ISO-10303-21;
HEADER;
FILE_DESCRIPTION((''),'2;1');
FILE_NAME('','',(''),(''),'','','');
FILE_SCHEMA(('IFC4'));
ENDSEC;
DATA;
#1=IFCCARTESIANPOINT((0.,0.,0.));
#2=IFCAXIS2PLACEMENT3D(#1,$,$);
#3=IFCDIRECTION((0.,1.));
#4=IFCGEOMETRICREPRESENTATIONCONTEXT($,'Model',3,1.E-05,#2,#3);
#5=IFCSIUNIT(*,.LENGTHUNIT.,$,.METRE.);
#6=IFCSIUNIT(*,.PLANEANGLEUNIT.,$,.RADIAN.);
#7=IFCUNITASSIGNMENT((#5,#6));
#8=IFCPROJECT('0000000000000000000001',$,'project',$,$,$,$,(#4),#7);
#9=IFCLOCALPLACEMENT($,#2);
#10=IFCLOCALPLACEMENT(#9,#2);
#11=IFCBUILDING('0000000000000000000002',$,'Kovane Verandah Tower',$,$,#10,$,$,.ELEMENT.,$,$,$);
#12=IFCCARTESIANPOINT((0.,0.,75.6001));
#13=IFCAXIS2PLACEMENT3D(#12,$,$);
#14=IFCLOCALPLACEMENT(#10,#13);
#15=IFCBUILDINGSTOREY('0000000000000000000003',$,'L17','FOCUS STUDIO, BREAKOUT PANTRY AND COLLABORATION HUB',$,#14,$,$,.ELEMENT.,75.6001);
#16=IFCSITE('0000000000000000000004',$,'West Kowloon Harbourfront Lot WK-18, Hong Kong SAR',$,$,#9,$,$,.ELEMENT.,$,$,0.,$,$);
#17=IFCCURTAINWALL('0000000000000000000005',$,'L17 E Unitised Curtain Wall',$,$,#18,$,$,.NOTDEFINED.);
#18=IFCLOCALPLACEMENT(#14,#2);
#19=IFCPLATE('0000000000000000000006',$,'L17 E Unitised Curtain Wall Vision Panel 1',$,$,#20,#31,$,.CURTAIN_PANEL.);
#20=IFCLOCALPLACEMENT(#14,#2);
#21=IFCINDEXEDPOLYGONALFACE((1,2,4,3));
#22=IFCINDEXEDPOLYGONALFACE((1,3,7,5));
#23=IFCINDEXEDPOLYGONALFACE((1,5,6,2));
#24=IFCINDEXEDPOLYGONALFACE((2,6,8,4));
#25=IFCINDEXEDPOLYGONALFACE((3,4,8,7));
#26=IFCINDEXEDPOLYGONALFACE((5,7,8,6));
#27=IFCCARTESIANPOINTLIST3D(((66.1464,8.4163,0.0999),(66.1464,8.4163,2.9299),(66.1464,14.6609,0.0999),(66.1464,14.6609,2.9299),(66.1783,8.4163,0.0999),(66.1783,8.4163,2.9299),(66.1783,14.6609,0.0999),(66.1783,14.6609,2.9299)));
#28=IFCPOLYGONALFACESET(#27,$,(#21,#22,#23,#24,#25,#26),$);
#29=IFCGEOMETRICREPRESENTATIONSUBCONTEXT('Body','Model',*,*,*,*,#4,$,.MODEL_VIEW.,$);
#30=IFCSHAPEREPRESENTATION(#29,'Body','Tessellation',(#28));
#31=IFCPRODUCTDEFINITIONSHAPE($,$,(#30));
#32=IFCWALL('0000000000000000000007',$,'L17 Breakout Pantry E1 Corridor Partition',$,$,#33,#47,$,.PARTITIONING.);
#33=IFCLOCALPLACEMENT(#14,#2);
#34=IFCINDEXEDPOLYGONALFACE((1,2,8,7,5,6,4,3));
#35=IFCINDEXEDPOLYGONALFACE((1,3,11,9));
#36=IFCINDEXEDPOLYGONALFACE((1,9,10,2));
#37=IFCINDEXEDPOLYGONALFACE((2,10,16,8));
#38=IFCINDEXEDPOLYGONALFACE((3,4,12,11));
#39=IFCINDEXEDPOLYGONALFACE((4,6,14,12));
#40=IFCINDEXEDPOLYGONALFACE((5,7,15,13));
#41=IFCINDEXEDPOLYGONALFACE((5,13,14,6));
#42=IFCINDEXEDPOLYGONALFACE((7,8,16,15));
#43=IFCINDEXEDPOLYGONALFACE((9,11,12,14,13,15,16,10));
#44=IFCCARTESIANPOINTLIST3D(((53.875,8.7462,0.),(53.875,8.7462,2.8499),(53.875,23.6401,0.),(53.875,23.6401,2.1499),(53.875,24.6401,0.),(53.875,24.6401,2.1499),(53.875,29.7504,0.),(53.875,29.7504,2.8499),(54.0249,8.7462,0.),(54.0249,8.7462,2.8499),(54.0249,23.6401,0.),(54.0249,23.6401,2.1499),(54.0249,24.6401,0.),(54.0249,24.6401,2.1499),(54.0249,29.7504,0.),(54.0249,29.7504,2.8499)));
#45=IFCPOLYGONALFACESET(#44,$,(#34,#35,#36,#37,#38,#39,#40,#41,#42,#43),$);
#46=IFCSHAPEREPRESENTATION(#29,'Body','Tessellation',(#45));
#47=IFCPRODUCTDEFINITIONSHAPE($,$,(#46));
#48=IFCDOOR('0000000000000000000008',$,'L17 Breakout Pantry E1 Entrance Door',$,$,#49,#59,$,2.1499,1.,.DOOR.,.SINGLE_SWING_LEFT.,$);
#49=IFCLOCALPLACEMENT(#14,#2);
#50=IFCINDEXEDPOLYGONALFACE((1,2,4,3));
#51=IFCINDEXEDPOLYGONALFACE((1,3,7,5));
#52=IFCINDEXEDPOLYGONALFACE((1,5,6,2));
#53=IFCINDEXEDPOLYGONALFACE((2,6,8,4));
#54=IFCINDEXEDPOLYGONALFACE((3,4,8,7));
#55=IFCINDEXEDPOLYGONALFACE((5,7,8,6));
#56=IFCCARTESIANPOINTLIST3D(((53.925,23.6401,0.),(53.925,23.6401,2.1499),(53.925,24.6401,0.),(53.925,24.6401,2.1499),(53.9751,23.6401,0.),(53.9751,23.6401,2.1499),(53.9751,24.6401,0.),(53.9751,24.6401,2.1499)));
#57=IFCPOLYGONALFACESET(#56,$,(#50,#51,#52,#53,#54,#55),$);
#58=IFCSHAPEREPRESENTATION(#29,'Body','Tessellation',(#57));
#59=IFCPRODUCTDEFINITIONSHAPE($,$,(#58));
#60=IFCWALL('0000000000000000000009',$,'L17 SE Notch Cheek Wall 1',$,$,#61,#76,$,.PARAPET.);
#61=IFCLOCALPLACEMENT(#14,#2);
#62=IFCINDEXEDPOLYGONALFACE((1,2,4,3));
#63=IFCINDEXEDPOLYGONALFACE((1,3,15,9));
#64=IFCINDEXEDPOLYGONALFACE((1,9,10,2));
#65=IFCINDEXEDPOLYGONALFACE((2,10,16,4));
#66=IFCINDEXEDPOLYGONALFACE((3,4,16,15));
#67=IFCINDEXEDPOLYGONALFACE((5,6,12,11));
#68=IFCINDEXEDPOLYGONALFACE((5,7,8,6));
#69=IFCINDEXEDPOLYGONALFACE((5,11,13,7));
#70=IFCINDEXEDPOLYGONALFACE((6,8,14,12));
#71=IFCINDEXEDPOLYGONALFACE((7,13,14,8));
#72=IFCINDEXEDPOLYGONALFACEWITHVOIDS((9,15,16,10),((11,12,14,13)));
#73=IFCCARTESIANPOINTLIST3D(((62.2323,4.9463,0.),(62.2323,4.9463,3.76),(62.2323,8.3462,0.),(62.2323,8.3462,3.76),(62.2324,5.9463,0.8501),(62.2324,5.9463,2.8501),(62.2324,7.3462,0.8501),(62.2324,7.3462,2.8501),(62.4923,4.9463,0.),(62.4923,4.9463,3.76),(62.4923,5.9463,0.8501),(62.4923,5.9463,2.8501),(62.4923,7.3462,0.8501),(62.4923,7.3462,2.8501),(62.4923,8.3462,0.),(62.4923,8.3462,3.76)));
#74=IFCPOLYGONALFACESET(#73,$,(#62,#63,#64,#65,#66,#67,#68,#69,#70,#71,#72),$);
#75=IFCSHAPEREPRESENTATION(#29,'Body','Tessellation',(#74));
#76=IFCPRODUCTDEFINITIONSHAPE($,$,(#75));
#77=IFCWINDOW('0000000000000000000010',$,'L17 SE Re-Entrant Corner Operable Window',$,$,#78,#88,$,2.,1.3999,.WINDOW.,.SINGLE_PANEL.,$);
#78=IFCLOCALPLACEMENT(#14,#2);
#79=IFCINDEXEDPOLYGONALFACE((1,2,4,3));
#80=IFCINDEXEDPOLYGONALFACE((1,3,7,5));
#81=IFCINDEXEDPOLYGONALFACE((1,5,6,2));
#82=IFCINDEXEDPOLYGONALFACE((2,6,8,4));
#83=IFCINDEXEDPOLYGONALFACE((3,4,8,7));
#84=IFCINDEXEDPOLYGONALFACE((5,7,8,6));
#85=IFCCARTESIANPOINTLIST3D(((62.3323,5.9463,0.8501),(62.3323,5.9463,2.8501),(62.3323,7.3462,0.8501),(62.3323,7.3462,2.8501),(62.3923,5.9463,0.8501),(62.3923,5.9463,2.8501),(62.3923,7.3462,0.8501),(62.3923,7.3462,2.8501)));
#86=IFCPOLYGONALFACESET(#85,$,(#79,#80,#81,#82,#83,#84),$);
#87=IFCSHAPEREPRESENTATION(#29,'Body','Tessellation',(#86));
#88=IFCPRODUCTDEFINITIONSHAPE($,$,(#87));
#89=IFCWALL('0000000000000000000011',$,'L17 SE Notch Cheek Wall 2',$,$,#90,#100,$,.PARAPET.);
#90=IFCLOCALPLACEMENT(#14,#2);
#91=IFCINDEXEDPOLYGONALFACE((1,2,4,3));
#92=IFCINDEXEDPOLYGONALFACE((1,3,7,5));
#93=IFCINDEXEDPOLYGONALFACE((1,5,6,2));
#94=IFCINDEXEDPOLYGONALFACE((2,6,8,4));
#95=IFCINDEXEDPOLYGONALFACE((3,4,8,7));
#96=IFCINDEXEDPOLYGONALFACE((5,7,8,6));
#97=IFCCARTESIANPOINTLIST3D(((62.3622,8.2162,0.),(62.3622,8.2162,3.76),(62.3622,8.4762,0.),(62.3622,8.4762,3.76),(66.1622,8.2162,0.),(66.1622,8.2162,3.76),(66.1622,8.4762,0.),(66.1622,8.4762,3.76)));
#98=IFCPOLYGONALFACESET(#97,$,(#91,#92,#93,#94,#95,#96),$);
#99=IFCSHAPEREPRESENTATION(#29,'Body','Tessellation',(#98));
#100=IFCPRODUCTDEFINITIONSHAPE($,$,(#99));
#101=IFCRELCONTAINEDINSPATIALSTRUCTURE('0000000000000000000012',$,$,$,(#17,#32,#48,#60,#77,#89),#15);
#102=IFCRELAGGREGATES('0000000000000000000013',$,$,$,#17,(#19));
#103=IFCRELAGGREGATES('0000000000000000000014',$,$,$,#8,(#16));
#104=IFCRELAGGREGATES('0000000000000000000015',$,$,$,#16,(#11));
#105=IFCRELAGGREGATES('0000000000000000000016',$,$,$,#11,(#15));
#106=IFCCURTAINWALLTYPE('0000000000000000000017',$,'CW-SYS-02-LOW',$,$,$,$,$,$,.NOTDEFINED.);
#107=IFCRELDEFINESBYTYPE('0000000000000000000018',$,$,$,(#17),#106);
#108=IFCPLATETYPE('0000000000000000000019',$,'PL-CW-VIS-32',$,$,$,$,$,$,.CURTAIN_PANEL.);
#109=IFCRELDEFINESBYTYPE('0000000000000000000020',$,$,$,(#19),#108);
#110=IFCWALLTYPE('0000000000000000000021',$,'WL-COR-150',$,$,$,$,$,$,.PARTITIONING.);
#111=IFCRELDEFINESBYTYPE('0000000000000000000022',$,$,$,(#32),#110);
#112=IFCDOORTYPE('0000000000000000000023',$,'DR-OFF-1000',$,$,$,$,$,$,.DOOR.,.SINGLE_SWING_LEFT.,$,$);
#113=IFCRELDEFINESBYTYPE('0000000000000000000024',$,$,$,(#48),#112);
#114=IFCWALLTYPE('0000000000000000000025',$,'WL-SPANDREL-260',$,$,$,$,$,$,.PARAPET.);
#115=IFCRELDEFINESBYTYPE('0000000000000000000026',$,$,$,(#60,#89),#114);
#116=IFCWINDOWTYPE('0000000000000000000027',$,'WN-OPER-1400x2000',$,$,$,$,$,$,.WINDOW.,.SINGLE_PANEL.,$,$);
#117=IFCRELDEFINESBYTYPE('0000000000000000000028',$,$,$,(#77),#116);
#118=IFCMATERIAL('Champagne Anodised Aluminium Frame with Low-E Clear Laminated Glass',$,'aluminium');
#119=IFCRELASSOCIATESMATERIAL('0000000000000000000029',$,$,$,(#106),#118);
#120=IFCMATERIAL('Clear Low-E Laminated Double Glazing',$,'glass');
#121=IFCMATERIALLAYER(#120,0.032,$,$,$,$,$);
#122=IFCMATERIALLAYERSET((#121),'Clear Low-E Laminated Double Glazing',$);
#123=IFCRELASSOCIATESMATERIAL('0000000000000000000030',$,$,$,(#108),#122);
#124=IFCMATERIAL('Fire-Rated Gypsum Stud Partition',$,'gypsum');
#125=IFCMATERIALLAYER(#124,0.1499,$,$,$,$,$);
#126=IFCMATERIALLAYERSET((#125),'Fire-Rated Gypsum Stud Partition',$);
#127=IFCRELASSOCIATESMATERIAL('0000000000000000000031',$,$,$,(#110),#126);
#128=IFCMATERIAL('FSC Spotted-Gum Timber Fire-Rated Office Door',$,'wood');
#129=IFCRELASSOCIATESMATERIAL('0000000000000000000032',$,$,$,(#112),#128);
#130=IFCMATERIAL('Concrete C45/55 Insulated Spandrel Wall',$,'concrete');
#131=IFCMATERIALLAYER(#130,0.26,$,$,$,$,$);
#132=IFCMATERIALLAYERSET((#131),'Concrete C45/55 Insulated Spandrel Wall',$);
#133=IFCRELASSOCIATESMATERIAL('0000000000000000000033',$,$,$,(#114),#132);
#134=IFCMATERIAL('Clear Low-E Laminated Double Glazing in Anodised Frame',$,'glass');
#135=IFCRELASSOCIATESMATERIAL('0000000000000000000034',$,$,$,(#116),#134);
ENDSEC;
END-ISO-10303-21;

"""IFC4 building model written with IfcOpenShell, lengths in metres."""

from ifc_helpers import new_model, si_unit, direction, frame, frame_2d, origin, origin_2d, place, context, subcontext, project, spatial, rectangle, extrude, material, layer, layer_set, type_object, element, fill, aggregate, save


model = new_model("IFC4")

# Units and contexts
model_context = context("Model", 3, precision=1e-05, world=origin(), true_north=direction((0.0, 1.0)))
body_context = subcontext(model_context, "Body", "Model", "MODEL_VIEW")
ifc_project = project(units=[si_unit("LENGTHUNIT", "METRE"), si_unit("PLANEANGLEUNIT", "RADIAN")], contexts=[model_context])

# Site, building, storey
site_placement = place(None, origin())
site = spatial("IfcSite", under=ifc_project, at=site_placement, Name="West Kowloon Harbourfront Lot WK-18, Hong Kong SAR", CompositionType="ELEMENT", RefElevation=0.0)
building_placement = place(site_placement, origin())
building = spatial("IfcBuilding", under=site, at=building_placement, Name="Kovane Verandah Tower", CompositionType="ELEMENT")
storey_placement = place(building_placement, frame((0.0, 0.0, 75.6001)))
storey = spatial("IfcBuildingStorey", under=building, at=storey_placement, Name="L17", Description="FOCUS STUDIO, BREAKOUT PANTRY AND COLLABORATION HUB", CompositionType="ELEMENT", Elevation=75.6001)

# Shared definitions
ifc_material_1 = material(Name="Champagne Anodised Aluminium Frame with Low-E Clear Laminated Glass", Category="aluminium")
curtain_wall_type = type_object("IfcCurtainWallType", Name="CW-SYS-02-LOW", PredefinedType="NOTDEFINED", material=ifc_material_1)

# Curtain wall
curtain_wall_1_placement = place(storey_placement, origin())
curtain_wall_1 = element("IfcCurtainWall", 1, at=curtain_wall_1_placement, inside=storey, type_object=curtain_wall_type, Name="L17 E Unitised Curtain Wall", PredefinedType="NOTDEFINED")

# Plate
ifc_material_2 = material(Name="Clear Low-E Laminated Double Glazing", Category="glass")
ifc_layer_1 = layer(ifc_material_2, 0.032)
ifc_layer_set_1 = layer_set([ifc_layer_1], Name="Clear Low-E Laminated Double Glazing")
plate_type_1 = type_object("IfcPlateType", Name="PL-CW-VIS-32", PredefinedType="CURTAIN_PANEL", material=ifc_layer_set_1)
plate_1_placement = place(storey_placement, frame((66.1624, 11.5386, 0.0999), z_axis=(0.0, 0.0, 1.0), x_axis=(0.0, 1.0, 0.0)))
plate_1 = element("IfcPlate", 2, at=plate_1_placement, type_object=plate_type_1, Name="L17 E Unitised Curtain Wall Vision Panel 1", PredefinedType="CURTAIN_PANEL", context=body_context, shape_type="SweptSolid", body=[
    extrude(rectangle(XDim=6.2446, YDim=0.032, at=origin_2d()), origin(), (0.0, 0.0, 1.0), 2.8301),
])
aggregate(curtain_wall_1, [plate_1])

# Wall, opening, door
ifc_material_3 = material(Name="Fire-Rated Gypsum Stud Partition", Category="gypsum")
ifc_layer_2 = layer(ifc_material_3, 0.1499)
ifc_layer_set_2 = layer_set([ifc_layer_2], Name="Fire-Rated Gypsum Stud Partition")
wall_type_1 = type_object("IfcWallType", Name="WL-COR-150", PredefinedType="PARTITIONING", material=ifc_layer_set_2)
wall_1_placement = place(storey_placement, frame((53.95, 8.7463, 0.0), z_axis=(0.0, 0.0, 1.0), x_axis=(0.0, 1.0, 0.0)))
wall_1 = element("IfcWall", 3, at=wall_1_placement, inside=storey, type_object=wall_type_1, Name="L17 Breakout Pantry E1 Corridor Partition", PredefinedType="PARTITIONING", context=body_context, shape_type="SweptSolid", body=[
    extrude(rectangle(XDim=21.0042, YDim=0.1499, at=frame_2d((10.502, 0.0))), origin(), (0.0, 0.0, 1.0), 2.8499),
])
opening_1_placement = place(wall_1_placement, frame((14.8938, 0.0, 0.0)))
opening_1 = element("IfcOpeningElement", 4, at=opening_1_placement, cuts=wall_1, PredefinedType="OPENING", context=body_context, shape_type="SweptSolid", body=[
    extrude(rectangle(XDim=1.0, YDim=2.1499, at=frame_2d((0.5, 1.075))), frame((0.0, 0.075, 0.0), z_axis=(0.0, -1.0, 0.0), x_axis=(1.0, 0.0, 0.0)), (0.0, 0.0, 1.0), 0.1499),
])
ifc_material_4 = material(Name="FSC Spotted-Gum Timber Fire-Rated Office Door", Category="wood")
door_type = type_object("IfcDoorType", Name="DR-OFF-1000", OperationType="SINGLE_SWING_LEFT", PredefinedType="DOOR", material=ifc_material_4)
door_placement = place(opening_1_placement, origin())
door = element("IfcDoor", 5, at=door_placement, inside=storey, type_object=door_type, Name="L17 Breakout Pantry E1 Entrance Door", OperationType="SINGLE_SWING_LEFT", OverallHeight=2.1499, OverallWidth=1.0, PredefinedType="DOOR", context=body_context, shape_type="SweptSolid", body=[
    extrude(rectangle(XDim=1.0, YDim=2.1499, at=frame_2d((0.5, 1.075))), frame((0.0, 0.0249, 0.0), z_axis=(0.0, -1.0, 0.0), x_axis=(1.0, 0.0, 0.0)), (0.0, 0.0, 1.0), 0.05),
])
fill(opening_1, door)

# Wall, opening, window
ifc_material_5 = material(Name="Concrete C45/55 Insulated Spandrel Wall", Category="concrete")
ifc_layer_3 = layer(ifc_material_5, 0.26)
ifc_layer_set_3 = layer_set([ifc_layer_3], Name="Concrete C45/55 Insulated Spandrel Wall")
wall_type_2 = type_object("IfcWallType", Name="WL-SPANDREL-260", PredefinedType="PARAPET", material=ifc_layer_set_3)
wall_2_placement = place(storey_placement, frame((62.3623, 4.9463, 0.0), z_axis=(0.0, 0.0, 1.0), x_axis=(0.0, 1.0, 0.0)))
wall_2 = element("IfcWall", 6, at=wall_2_placement, inside=storey, type_object=wall_type_2, Name="L17 SE Notch Cheek Wall 1", PredefinedType="PARAPET", context=body_context, shape_type="SweptSolid", body=[
    extrude(rectangle(XDim=3.3999, YDim=0.26, at=frame_2d((1.7, 0.0))), origin(), (0.0, 0.0, 1.0), 3.76),
])
opening_2_placement = place(wall_2_placement, frame((1.0, 0.0, 0.8501)))
opening_2 = element("IfcOpeningElement", 7, at=opening_2_placement, cuts=wall_2, PredefinedType="OPENING", context=body_context, shape_type="SweptSolid", body=[
    extrude(rectangle(XDim=1.3999, YDim=2.0, at=frame_2d((0.7, 1.0))), frame((0.0, 0.1299, 0.0), z_axis=(0.0, -1.0, 0.0), x_axis=(1.0, 0.0, 0.0)), (0.0, 0.0, 1.0), 0.26),
])
ifc_material_6 = material(Name="Clear Low-E Laminated Double Glazing in Anodised Frame", Category="glass")
window_type = type_object("IfcWindowType", Name="WN-OPER-1400x2000", PartitioningType="SINGLE_PANEL", PredefinedType="WINDOW", material=ifc_material_6)
window_placement = place(opening_2_placement, origin())
window = element("IfcWindow", 8, at=window_placement, inside=storey, type_object=window_type, Name="L17 SE Re-Entrant Corner Operable Window", OverallHeight=2.0, OverallWidth=1.3999, PartitioningType="SINGLE_PANEL", PredefinedType="WINDOW", context=body_context, shape_type="SweptSolid", body=[
    extrude(rectangle(XDim=1.3999, YDim=2.0, at=frame_2d((0.7, 1.0))), frame((0.0, 0.03, 0.0), z_axis=(0.0, -1.0, 0.0), x_axis=(1.0, 0.0, 0.0)), (0.0, 0.0, 1.0), 0.0601),
])
fill(opening_2, window)

# Wall
wall_3_placement = place(storey_placement, frame((62.3623, 8.3462, 0.0), z_axis=(0.0, 0.0, 1.0), x_axis=(1.0, 0.0, 0.0)))
element("IfcWall", 9, at=wall_3_placement, inside=storey, type_object=wall_type_2, Name="L17 SE Notch Cheek Wall 2", PredefinedType="PARAPET", context=body_context, shape_type="SweptSolid", body=[
    extrude(rectangle(XDim=3.8, YDim=0.26, at=frame_2d((1.8999, 0.0))), origin(), (0.0, 0.0, 1.0), 3.76),
])

save(model, "model.ifc")
